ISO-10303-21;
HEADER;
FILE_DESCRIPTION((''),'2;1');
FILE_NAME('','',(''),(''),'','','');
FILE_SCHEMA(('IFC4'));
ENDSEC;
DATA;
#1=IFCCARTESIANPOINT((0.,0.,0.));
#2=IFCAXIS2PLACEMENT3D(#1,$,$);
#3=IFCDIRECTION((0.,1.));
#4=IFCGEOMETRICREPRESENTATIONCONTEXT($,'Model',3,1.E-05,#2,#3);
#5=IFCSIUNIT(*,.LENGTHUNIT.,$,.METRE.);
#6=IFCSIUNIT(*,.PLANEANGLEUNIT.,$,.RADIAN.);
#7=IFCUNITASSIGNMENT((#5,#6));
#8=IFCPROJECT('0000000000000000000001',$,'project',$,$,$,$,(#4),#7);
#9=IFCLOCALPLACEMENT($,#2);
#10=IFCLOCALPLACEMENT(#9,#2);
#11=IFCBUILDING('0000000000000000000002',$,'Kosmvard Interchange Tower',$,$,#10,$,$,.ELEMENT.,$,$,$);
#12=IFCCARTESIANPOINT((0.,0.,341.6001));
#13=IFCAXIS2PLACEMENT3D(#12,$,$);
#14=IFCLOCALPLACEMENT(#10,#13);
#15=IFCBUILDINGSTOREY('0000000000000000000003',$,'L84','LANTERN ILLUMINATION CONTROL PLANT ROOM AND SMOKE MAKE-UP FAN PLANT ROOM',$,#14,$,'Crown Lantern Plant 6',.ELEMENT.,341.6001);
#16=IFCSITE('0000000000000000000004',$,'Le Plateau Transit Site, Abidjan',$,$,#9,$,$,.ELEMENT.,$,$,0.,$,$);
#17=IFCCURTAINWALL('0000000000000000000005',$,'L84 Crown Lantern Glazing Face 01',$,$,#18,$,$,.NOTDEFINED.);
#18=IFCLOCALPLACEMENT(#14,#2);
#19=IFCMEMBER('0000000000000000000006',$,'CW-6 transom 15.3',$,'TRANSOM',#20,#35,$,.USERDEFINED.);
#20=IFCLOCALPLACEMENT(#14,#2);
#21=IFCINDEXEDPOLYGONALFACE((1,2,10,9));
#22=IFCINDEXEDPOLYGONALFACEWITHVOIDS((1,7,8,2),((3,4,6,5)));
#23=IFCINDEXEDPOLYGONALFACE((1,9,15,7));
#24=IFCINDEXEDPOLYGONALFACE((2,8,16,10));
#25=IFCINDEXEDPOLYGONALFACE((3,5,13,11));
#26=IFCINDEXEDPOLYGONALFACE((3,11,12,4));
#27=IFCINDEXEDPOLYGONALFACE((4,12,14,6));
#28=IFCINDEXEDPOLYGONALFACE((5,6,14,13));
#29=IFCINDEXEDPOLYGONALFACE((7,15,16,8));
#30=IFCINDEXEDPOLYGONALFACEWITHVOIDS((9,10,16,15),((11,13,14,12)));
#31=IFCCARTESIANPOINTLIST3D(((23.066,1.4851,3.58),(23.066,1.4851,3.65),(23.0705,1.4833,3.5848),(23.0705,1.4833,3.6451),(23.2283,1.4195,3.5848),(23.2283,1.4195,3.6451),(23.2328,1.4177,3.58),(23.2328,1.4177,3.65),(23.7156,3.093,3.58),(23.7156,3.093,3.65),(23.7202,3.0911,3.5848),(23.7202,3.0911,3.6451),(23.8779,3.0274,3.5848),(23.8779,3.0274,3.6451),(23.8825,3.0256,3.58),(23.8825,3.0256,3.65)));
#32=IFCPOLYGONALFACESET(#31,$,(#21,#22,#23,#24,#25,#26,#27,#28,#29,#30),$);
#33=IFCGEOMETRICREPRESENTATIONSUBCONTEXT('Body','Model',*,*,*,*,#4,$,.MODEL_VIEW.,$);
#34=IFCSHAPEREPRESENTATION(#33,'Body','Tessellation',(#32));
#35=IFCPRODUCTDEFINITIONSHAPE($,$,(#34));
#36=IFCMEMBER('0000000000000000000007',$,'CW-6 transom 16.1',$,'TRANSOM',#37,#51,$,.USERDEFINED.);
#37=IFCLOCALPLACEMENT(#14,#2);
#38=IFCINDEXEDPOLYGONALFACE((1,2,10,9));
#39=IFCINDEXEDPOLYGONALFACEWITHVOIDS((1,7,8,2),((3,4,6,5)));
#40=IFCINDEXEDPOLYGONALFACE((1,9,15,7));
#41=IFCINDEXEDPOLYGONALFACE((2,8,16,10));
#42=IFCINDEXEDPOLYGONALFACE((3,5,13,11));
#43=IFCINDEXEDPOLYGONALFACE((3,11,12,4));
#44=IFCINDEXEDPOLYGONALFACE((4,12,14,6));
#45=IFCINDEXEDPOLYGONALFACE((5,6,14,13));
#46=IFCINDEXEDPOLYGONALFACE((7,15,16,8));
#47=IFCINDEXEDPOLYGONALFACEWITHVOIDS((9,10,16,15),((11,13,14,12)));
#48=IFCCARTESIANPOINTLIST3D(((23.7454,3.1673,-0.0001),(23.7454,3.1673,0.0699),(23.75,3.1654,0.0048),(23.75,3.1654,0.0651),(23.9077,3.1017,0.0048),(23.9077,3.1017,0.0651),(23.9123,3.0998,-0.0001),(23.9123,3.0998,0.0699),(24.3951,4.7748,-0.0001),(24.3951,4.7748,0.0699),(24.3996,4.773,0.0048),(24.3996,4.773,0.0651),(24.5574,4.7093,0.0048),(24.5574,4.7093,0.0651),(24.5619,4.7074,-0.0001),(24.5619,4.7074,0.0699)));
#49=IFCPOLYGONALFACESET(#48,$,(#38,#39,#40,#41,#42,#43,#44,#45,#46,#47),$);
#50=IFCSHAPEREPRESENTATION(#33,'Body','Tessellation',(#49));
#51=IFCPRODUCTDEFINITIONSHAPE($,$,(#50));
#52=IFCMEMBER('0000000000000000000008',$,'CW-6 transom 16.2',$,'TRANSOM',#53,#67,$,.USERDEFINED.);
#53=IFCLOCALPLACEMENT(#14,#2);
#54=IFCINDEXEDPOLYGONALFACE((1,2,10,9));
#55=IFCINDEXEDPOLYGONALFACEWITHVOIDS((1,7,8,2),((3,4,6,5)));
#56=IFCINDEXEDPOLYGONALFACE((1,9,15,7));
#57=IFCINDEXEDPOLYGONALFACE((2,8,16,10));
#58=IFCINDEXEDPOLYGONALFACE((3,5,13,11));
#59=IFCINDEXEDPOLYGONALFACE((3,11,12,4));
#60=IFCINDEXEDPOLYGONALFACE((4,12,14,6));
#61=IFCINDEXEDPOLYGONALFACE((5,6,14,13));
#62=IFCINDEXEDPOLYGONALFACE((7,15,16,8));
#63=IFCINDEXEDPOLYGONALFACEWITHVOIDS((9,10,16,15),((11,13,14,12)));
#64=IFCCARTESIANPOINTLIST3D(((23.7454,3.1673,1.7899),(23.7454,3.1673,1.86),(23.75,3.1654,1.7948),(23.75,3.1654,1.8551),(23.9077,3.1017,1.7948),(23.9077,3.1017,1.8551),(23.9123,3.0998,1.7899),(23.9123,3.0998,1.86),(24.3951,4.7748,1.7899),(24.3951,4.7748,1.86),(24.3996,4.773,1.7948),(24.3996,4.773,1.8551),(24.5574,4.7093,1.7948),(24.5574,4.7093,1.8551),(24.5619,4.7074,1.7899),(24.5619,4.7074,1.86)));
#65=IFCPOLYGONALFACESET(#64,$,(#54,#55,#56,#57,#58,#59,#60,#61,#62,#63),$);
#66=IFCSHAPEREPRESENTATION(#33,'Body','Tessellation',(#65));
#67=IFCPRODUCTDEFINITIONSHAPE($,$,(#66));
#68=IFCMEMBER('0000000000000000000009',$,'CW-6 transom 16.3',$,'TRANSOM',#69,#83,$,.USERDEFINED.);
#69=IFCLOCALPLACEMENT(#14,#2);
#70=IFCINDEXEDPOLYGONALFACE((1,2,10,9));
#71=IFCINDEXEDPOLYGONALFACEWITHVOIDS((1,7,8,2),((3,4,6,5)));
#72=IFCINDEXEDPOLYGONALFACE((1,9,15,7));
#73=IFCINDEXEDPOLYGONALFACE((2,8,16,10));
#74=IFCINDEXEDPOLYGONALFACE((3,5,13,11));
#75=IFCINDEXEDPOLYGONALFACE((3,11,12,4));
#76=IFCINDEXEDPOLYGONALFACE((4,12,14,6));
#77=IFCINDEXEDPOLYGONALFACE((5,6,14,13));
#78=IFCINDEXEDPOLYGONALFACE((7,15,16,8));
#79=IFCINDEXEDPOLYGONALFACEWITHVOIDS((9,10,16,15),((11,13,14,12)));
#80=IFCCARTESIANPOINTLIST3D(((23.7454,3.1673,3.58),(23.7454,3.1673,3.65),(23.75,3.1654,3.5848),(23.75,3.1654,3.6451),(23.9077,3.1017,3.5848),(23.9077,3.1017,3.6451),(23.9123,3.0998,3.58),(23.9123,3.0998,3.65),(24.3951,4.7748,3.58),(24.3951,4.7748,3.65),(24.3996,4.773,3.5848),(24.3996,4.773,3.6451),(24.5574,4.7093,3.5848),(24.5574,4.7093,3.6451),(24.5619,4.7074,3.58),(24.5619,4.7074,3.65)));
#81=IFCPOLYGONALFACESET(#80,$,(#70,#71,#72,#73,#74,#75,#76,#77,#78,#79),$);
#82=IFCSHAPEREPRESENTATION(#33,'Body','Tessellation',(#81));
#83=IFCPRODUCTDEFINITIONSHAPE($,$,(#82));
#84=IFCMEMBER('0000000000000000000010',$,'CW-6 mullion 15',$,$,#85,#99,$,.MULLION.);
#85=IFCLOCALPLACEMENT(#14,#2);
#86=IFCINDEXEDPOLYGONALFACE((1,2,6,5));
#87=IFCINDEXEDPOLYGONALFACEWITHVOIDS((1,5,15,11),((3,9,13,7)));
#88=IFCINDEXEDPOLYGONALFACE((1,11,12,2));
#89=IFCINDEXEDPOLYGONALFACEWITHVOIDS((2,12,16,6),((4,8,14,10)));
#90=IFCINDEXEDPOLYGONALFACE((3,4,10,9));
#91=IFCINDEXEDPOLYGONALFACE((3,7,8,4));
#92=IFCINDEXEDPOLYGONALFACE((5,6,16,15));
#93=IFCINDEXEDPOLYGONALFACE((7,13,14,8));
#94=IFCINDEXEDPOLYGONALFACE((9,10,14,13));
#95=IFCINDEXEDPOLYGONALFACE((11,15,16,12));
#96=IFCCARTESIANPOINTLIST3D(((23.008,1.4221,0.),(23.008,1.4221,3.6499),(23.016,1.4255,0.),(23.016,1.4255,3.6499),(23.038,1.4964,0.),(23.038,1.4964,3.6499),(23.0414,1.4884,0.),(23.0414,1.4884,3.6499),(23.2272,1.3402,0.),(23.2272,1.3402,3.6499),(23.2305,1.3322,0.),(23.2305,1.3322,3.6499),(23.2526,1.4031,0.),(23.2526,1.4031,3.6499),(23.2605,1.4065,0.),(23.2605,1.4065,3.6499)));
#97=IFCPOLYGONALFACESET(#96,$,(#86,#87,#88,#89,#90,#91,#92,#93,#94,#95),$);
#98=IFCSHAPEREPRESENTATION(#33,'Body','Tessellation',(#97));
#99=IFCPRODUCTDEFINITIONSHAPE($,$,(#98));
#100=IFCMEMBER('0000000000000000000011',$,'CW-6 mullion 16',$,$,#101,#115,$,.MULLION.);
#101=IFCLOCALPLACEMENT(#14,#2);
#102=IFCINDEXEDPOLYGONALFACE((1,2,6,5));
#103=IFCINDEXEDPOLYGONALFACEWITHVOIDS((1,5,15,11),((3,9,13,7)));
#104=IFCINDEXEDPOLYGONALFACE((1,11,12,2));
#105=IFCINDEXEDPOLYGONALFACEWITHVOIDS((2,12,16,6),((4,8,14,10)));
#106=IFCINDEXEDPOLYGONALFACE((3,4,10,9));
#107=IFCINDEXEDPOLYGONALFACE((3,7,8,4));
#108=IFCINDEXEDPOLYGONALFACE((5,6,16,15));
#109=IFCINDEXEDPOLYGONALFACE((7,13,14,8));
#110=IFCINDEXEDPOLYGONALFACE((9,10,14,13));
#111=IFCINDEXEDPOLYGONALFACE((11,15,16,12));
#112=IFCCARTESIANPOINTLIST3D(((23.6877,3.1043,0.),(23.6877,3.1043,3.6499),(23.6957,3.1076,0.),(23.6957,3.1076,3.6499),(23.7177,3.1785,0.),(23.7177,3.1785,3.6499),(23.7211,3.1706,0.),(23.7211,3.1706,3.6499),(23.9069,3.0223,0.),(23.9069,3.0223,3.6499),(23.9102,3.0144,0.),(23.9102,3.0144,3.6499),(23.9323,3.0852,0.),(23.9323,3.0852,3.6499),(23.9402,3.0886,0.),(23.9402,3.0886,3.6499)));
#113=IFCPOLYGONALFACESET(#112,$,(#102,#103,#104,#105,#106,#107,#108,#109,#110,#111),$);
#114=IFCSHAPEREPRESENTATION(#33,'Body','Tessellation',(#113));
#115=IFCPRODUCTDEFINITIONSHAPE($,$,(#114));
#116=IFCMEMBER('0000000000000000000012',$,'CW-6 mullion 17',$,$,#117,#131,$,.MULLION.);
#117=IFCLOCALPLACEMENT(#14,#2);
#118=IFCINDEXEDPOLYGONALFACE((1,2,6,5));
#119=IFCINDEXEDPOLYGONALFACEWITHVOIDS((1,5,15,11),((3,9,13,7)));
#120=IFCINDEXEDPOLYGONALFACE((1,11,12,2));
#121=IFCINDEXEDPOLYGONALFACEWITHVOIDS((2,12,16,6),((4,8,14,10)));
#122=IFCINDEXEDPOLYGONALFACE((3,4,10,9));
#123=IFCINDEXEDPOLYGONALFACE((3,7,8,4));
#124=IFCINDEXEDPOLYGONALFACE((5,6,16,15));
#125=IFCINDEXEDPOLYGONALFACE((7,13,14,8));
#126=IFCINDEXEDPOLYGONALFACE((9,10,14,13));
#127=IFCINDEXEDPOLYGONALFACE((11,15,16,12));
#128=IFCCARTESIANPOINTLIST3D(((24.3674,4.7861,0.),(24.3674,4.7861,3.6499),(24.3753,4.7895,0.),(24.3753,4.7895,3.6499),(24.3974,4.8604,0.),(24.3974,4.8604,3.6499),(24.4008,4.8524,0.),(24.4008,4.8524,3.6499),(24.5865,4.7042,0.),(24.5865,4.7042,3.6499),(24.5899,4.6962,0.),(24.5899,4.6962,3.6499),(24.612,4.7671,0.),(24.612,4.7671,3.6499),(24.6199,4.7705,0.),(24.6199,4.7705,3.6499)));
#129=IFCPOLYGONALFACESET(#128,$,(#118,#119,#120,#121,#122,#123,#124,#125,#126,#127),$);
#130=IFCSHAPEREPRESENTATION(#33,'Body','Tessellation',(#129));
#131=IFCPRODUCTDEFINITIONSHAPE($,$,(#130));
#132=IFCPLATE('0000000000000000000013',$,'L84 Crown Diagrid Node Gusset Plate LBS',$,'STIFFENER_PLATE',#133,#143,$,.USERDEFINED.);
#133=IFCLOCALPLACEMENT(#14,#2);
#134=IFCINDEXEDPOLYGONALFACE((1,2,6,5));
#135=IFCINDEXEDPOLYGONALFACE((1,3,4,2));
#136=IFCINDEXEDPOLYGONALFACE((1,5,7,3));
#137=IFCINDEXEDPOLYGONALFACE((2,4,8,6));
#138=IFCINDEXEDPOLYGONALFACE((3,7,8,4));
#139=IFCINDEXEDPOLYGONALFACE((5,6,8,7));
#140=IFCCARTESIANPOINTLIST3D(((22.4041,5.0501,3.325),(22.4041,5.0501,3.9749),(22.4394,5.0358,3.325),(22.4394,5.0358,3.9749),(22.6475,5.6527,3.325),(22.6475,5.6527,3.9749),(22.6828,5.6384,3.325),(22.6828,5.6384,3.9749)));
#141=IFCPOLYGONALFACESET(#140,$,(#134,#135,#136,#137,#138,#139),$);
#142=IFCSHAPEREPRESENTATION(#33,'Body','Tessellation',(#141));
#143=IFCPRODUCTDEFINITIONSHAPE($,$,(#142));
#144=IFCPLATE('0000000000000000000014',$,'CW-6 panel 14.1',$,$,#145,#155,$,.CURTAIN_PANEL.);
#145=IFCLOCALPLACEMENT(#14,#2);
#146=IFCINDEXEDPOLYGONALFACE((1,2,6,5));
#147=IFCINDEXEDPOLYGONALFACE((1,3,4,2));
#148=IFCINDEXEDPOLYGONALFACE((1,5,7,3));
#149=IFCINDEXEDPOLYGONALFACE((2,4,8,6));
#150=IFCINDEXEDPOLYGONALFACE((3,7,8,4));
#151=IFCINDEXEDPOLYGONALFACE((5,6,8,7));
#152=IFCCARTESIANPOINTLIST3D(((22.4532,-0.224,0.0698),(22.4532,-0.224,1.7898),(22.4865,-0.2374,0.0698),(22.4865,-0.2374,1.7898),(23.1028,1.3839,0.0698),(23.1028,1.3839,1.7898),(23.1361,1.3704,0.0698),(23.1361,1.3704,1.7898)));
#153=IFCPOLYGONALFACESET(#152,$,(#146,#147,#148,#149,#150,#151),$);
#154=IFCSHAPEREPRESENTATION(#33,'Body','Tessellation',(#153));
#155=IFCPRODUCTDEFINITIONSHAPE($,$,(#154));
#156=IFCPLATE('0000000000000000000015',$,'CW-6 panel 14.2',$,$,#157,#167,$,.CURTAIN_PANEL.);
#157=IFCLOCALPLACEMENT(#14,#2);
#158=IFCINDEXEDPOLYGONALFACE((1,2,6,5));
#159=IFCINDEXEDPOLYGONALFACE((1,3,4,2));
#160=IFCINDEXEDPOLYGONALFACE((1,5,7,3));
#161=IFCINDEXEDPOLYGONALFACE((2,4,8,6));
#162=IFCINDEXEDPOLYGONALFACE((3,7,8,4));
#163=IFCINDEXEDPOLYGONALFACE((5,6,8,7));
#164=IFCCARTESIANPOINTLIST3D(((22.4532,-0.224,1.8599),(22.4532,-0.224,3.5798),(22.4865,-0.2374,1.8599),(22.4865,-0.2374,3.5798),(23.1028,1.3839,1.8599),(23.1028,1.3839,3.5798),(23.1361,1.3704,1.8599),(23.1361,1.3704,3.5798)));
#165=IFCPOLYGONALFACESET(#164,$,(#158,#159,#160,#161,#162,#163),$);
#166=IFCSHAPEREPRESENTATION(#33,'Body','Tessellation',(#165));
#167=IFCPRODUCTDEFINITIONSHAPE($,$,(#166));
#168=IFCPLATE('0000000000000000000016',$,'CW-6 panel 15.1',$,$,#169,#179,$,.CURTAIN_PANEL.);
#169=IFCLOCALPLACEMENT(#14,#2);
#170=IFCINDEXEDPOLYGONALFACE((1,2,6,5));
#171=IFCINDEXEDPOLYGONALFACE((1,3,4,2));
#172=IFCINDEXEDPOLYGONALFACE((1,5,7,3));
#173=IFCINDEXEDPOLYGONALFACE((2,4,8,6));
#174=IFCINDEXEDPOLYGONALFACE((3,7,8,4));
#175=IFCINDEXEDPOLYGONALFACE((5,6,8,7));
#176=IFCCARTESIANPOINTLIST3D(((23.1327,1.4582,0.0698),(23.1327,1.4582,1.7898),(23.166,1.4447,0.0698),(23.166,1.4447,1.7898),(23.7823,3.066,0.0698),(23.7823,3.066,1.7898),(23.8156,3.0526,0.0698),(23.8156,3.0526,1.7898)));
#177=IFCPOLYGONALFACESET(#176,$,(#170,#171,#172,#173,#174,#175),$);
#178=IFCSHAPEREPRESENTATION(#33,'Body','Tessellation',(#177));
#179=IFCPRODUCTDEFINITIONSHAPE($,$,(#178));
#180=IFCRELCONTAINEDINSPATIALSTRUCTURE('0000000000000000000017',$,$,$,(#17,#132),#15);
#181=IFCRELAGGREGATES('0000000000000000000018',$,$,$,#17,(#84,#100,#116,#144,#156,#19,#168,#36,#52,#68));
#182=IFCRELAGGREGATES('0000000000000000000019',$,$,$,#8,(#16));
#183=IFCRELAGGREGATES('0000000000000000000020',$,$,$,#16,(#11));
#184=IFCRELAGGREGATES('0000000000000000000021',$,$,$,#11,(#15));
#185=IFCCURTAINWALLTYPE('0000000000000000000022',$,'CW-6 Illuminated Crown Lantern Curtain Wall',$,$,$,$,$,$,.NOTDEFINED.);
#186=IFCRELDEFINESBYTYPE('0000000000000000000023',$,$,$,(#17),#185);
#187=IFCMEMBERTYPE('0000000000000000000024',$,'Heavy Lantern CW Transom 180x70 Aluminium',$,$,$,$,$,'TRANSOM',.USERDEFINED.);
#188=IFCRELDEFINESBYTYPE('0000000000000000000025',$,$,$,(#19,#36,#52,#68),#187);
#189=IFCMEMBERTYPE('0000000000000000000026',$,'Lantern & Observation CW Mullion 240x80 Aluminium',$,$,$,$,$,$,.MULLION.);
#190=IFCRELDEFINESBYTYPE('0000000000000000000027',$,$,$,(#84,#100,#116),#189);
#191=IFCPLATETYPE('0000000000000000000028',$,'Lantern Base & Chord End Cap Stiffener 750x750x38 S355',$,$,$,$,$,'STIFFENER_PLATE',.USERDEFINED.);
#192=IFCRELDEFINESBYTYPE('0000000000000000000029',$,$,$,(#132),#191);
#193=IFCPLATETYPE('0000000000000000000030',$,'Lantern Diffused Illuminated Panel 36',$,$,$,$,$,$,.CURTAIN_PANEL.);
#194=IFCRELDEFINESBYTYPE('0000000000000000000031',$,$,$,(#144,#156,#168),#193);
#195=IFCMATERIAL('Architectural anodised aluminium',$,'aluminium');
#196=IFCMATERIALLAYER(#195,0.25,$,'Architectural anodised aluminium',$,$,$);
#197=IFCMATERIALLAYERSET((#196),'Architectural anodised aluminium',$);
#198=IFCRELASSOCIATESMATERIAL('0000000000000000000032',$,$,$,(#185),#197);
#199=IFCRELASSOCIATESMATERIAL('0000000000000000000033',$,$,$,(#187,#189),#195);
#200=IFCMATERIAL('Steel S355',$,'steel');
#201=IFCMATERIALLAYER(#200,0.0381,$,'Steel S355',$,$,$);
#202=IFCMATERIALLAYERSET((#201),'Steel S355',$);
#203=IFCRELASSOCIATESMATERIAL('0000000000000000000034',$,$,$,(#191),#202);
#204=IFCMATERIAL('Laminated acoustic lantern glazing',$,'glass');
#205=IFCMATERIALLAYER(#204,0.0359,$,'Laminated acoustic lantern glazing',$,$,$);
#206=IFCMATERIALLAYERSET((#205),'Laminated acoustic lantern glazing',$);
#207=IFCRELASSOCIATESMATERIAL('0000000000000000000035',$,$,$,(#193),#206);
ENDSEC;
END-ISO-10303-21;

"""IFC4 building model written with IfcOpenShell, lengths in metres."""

from ifc_helpers import new_model, si_unit, direction, frame, origin, origin_2d, place, context, subcontext, project, spatial, rectangle, hollow_rectangle, extrude, source, transform, mapped, material, layer, layer_set, material_profile, profile_set, type_object, element, aggregate, save


model = new_model("IFC4")

# Units and contexts
model_context = context("Model", 3, precision=1e-05, world=origin(), true_north=direction((0.0, 1.0)))
body_context = subcontext(model_context, "Body", "Model", "MODEL_VIEW")
ifc_project = project(units=[si_unit("LENGTHUNIT", "METRE"), si_unit("PLANEANGLEUNIT", "RADIAN")], contexts=[model_context])

# Site, building, storey
site_placement = place(None, origin())
site = spatial("IfcSite", under=ifc_project, at=site_placement, Name="Le Plateau Transit Site, Abidjan", CompositionType="ELEMENT", RefElevation=0.0)
building_placement = place(site_placement, origin())
building = spatial("IfcBuilding", under=site, at=building_placement, Name="Kosmvard Interchange Tower", CompositionType="ELEMENT")
storey_placement = place(building_placement, frame((0.0, 0.0, 341.6001)))
storey = spatial("IfcBuildingStorey", under=building, at=storey_placement, Name="L84", Description="LANTERN ILLUMINATION CONTROL PLANT ROOM AND SMOKE MAKE-UP FAN PLANT ROOM", LongName="Crown Lantern Plant 6", CompositionType="ELEMENT", Elevation=341.6001)

# Shared definitions
ifc_material_1 = material(Name="Steel S355", Category="steel")

# Curtain wall, members
ifc_material_2 = material(Name="Architectural anodised aluminium", Category="aluminium")
ifc_layer_1 = layer(ifc_material_2, 0.25, Name="Architectural anodised aluminium")
ifc_layer_set_1 = layer_set([ifc_layer_1], Name="Architectural anodised aluminium")
curtain_wall_type = type_object("IfcCurtainWallType", Name="CW-6 Illuminated Crown Lantern Curtain Wall", PredefinedType="NOTDEFINED", material=ifc_layer_set_1)
curtain_wall_placement = place(storey_placement, origin())
curtain_wall = element("IfcCurtainWall", 1, at=curtain_wall_placement, inside=storey, type_object=curtain_wall_type, Name="L84 Crown Lantern Glazing Face 01", PredefinedType="NOTDEFINED")
ifc_material_profile_1 = material_profile(ifc_material_2, hollow_rectangle(XDim=0.1799, YDim=0.0701, WallThickness=0.0049, at=origin_2d()), Name="CWT 180x70x5")
ifc_profile_set_1 = profile_set([ifc_material_profile_1], Name="Architectural anodised aluminium")
member_type_1 = type_object("IfcMemberType", Name="Heavy Lantern CW Transom 180x70 Aluminium", ElementType="TRANSOM", PredefinedType="USERDEFINED", material=ifc_profile_set_1)
shared_shape_1 = source(origin(), body_context, "Body", "SweptSolid", [
    extrude(hollow_rectangle(XDim=0.1799, YDim=0.0701, WallThickness=0.0049, at=origin_2d()), origin(), (0.0, 0.0, 1.0), 1.7341),
])
member_1_placement = place(storey_placement, frame((23.1494, 1.4514, 3.615), z_axis=(0.374617, 0.92718, 0.0), x_axis=(-0.92718, 0.374617, 0.0)))
member_1 = element("IfcMember", 2, at=member_1_placement, type_object=member_type_1, Name="CW-6 transom 15.3", ObjectType="TRANSOM", PredefinedType="USERDEFINED", context=body_context, shape_type="MappedRepresentation", body=[
    mapped(shared_shape_1, transform((0.0, 0.0, 0.0), scale=1.0)),
])
shared_shape_2 = source(origin(), body_context, "Body", "SweptSolid", [
    extrude(hollow_rectangle(XDim=0.1799, YDim=0.0701, WallThickness=0.0049, at=origin_2d()), origin(), (0.0, 0.0, 1.0), 1.7339),
])
member_2_placement = place(storey_placement, frame((23.8289, 3.1335, 0.0349), z_axis=(0.374666, 0.92716, 0.0), x_axis=(-0.92716, 0.374666, 0.0)))
member_2 = element("IfcMember", 3, at=member_2_placement, type_object=member_type_1, Name="CW-6 transom 16.1", ObjectType="TRANSOM", PredefinedType="USERDEFINED", context=body_context, shape_type="MappedRepresentation", body=[
    mapped(shared_shape_2, transform((0.0, 0.0, 0.0), scale=1.0)),
])
member_3_placement = place(storey_placement, frame((23.8289, 3.1335, 1.825), z_axis=(0.374666, 0.92716, 0.0), x_axis=(-0.92716, 0.374666, 0.0)))
member_3 = element("IfcMember", 4, at=member_3_placement, type_object=member_type_1, Name="CW-6 transom 16.2", ObjectType="TRANSOM", PredefinedType="USERDEFINED", context=body_context, shape_type="MappedRepresentation", body=[
    mapped(shared_shape_2, transform((0.0, 0.0, 0.0), scale=1.0)),
])
member_4_placement = place(storey_placement, frame((23.8289, 3.1335, 3.615), z_axis=(0.374666, 0.92716, 0.0), x_axis=(-0.92716, 0.374666, 0.0)))
member_4 = element("IfcMember", 5, at=member_4_placement, type_object=member_type_1, Name="CW-6 transom 16.3", ObjectType="TRANSOM", PredefinedType="USERDEFINED", context=body_context, shape_type="MappedRepresentation", body=[
    mapped(shared_shape_2, transform((0.0, 0.0, 0.0), scale=1.0)),
])
ifc_material_profile_2 = material_profile(ifc_material_2, hollow_rectangle(XDim=0.24, YDim=0.0801, WallThickness=0.0061, at=origin_2d()), Name="CWM 240x80x6")
ifc_profile_set_2 = profile_set([ifc_material_profile_2], Name="Architectural anodised aluminium")
member_type_2 = type_object("IfcMemberType", Name="Lantern & Observation CW Mullion 240x80 Aluminium", PredefinedType="MULLION", material=ifc_profile_set_2)
shared_shape_3 = source(origin(), body_context, "Body", "SweptSolid", [
    extrude(hollow_rectangle(XDim=0.24, YDim=0.0801, WallThickness=0.0061, at=origin_2d()), origin(), (0.0, 0.0, 1.0), 3.6499),
])
member_5_placement = place(storey_placement, frame((23.1343, 1.4143, 0.0), z_axis=(0.0, 0.0, 1.0), x_axis=(-0.927184, 0.374607, 0.0)))
member_5 = element("IfcMember", 6, at=member_5_placement, type_object=member_type_2, Name="CW-6 mullion 15", PredefinedType="MULLION", context=body_context, shape_type="MappedRepresentation", body=[
    mapped(shared_shape_3, transform((0.0, 0.0, 0.0), scale=1.0)),
])
member_6_placement = place(storey_placement, frame((23.814, 3.0964, 0.0), z_axis=(0.0, 0.0, 1.0), x_axis=(-0.927184, 0.374607, 0.0)))
member_6 = element("IfcMember", 7, at=member_6_placement, type_object=member_type_2, Name="CW-6 mullion 16", PredefinedType="MULLION", context=body_context, shape_type="MappedRepresentation", body=[
    mapped(shared_shape_3, transform((0.0, 0.0, 0.0), scale=1.0)),
])
member_7_placement = place(storey_placement, frame((24.4937, 4.7783, 0.0), z_axis=(0.0, 0.0, 1.0), x_axis=(-0.927184, 0.374607, 0.0)))
member_7 = element("IfcMember", 8, at=member_7_placement, type_object=member_type_2, Name="CW-6 mullion 17", PredefinedType="MULLION", context=body_context, shape_type="MappedRepresentation", body=[
    mapped(shared_shape_3, transform((0.0, 0.0, 0.0), scale=1.0)),
])

# Plates
ifc_layer_2 = layer(ifc_material_1, 0.0381, Name="Steel S355")
ifc_layer_set_2 = layer_set([ifc_layer_2], Name="Steel S355")
plate_type_1 = type_object("IfcPlateType", Name="Lantern Base & Chord End Cap Stiffener 750x750x38 S355", ElementType="STIFFENER_PLATE", PredefinedType="USERDEFINED", material=ifc_layer_set_2)
shared_shape_4 = source(origin(), body_context, "Body", "SweptSolid", [
    extrude(rectangle(XDim=0.6499, YDim=0.0381, at=origin_2d()), origin(), (0.0, 0.0, 1.0), 0.6499),
])
plate_1_placement = place(storey_placement, frame((22.5435, 5.3442, 3.325), z_axis=(0.0, 0.0, 1.0), x_axis=(0.374607, 0.927184, 0.0)))
element("IfcPlate", 9, at=plate_1_placement, inside=storey, type_object=plate_type_1, Name="L84 Crown Diagrid Node Gusset Plate LBS", ObjectType="STIFFENER_PLATE", PredefinedType="USERDEFINED", context=body_context, shape_type="MappedRepresentation", body=[
    mapped(shared_shape_4, transform((0.0, 0.0, 0.0), scale=1.0)),
])
ifc_material_3 = material(Name="Laminated acoustic lantern glazing", Category="glass")
ifc_layer_3 = layer(ifc_material_3, 0.0359, Name="Laminated acoustic lantern glazing")
ifc_layer_set_3 = layer_set([ifc_layer_3], Name="Laminated acoustic lantern glazing")
plate_type_2 = type_object("IfcPlateType", Name="Lantern Diffused Illuminated Panel 36", PredefinedType="CURTAIN_PANEL", material=ifc_layer_set_3)
shared_shape_5 = source(origin(), body_context, "Body", "SweptSolid", [
    extrude(rectangle(XDim=1.7341, YDim=0.0359, at=origin_2d()), origin(), (0.0, 0.0, 1.0), 1.72),
])
plate_2_placement = place(storey_placement, frame((22.7947, 0.5732, 0.0698), z_axis=(0.0, 0.0, 1.0), x_axis=(0.374607, 0.927184, 0.0)))
plate_2 = element("IfcPlate", 10, at=plate_2_placement, type_object=plate_type_2, Name="CW-6 panel 14.1", PredefinedType="CURTAIN_PANEL", context=body_context, shape_type="MappedRepresentation", body=[
    mapped(shared_shape_5, transform((0.0, 0.0, 0.0), scale=1.0)),
])
plate_3_placement = place(storey_placement, frame((22.7947, 0.5732, 1.8599), z_axis=(0.0, 0.0, 1.0), x_axis=(0.374607, 0.927184, 0.0)))
plate_3 = element("IfcPlate", 11, at=plate_3_placement, type_object=plate_type_2, Name="CW-6 panel 14.2", PredefinedType="CURTAIN_PANEL", context=body_context, shape_type="MappedRepresentation", body=[
    mapped(shared_shape_5, transform((0.0, 0.0, 0.0), scale=1.0)),
])
plate_4_placement = place(storey_placement, frame((23.4741, 2.2554, 0.0698), z_axis=(0.0, 0.0, 1.0), x_axis=(0.374607, 0.927184, 0.0)))
plate_4 = element("IfcPlate", 12, at=plate_4_placement, type_object=plate_type_2, Name="CW-6 panel 15.1", PredefinedType="CURTAIN_PANEL", context=body_context, shape_type="MappedRepresentation", body=[
    mapped(shared_shape_5, transform((0.0, 0.0, 0.0), scale=1.0)),
])
aggregate(curtain_wall, [member_5, member_6, member_7, plate_2, plate_3, member_1, plate_4, member_2, member_3, member_4])

save(model, "model.ifc")
